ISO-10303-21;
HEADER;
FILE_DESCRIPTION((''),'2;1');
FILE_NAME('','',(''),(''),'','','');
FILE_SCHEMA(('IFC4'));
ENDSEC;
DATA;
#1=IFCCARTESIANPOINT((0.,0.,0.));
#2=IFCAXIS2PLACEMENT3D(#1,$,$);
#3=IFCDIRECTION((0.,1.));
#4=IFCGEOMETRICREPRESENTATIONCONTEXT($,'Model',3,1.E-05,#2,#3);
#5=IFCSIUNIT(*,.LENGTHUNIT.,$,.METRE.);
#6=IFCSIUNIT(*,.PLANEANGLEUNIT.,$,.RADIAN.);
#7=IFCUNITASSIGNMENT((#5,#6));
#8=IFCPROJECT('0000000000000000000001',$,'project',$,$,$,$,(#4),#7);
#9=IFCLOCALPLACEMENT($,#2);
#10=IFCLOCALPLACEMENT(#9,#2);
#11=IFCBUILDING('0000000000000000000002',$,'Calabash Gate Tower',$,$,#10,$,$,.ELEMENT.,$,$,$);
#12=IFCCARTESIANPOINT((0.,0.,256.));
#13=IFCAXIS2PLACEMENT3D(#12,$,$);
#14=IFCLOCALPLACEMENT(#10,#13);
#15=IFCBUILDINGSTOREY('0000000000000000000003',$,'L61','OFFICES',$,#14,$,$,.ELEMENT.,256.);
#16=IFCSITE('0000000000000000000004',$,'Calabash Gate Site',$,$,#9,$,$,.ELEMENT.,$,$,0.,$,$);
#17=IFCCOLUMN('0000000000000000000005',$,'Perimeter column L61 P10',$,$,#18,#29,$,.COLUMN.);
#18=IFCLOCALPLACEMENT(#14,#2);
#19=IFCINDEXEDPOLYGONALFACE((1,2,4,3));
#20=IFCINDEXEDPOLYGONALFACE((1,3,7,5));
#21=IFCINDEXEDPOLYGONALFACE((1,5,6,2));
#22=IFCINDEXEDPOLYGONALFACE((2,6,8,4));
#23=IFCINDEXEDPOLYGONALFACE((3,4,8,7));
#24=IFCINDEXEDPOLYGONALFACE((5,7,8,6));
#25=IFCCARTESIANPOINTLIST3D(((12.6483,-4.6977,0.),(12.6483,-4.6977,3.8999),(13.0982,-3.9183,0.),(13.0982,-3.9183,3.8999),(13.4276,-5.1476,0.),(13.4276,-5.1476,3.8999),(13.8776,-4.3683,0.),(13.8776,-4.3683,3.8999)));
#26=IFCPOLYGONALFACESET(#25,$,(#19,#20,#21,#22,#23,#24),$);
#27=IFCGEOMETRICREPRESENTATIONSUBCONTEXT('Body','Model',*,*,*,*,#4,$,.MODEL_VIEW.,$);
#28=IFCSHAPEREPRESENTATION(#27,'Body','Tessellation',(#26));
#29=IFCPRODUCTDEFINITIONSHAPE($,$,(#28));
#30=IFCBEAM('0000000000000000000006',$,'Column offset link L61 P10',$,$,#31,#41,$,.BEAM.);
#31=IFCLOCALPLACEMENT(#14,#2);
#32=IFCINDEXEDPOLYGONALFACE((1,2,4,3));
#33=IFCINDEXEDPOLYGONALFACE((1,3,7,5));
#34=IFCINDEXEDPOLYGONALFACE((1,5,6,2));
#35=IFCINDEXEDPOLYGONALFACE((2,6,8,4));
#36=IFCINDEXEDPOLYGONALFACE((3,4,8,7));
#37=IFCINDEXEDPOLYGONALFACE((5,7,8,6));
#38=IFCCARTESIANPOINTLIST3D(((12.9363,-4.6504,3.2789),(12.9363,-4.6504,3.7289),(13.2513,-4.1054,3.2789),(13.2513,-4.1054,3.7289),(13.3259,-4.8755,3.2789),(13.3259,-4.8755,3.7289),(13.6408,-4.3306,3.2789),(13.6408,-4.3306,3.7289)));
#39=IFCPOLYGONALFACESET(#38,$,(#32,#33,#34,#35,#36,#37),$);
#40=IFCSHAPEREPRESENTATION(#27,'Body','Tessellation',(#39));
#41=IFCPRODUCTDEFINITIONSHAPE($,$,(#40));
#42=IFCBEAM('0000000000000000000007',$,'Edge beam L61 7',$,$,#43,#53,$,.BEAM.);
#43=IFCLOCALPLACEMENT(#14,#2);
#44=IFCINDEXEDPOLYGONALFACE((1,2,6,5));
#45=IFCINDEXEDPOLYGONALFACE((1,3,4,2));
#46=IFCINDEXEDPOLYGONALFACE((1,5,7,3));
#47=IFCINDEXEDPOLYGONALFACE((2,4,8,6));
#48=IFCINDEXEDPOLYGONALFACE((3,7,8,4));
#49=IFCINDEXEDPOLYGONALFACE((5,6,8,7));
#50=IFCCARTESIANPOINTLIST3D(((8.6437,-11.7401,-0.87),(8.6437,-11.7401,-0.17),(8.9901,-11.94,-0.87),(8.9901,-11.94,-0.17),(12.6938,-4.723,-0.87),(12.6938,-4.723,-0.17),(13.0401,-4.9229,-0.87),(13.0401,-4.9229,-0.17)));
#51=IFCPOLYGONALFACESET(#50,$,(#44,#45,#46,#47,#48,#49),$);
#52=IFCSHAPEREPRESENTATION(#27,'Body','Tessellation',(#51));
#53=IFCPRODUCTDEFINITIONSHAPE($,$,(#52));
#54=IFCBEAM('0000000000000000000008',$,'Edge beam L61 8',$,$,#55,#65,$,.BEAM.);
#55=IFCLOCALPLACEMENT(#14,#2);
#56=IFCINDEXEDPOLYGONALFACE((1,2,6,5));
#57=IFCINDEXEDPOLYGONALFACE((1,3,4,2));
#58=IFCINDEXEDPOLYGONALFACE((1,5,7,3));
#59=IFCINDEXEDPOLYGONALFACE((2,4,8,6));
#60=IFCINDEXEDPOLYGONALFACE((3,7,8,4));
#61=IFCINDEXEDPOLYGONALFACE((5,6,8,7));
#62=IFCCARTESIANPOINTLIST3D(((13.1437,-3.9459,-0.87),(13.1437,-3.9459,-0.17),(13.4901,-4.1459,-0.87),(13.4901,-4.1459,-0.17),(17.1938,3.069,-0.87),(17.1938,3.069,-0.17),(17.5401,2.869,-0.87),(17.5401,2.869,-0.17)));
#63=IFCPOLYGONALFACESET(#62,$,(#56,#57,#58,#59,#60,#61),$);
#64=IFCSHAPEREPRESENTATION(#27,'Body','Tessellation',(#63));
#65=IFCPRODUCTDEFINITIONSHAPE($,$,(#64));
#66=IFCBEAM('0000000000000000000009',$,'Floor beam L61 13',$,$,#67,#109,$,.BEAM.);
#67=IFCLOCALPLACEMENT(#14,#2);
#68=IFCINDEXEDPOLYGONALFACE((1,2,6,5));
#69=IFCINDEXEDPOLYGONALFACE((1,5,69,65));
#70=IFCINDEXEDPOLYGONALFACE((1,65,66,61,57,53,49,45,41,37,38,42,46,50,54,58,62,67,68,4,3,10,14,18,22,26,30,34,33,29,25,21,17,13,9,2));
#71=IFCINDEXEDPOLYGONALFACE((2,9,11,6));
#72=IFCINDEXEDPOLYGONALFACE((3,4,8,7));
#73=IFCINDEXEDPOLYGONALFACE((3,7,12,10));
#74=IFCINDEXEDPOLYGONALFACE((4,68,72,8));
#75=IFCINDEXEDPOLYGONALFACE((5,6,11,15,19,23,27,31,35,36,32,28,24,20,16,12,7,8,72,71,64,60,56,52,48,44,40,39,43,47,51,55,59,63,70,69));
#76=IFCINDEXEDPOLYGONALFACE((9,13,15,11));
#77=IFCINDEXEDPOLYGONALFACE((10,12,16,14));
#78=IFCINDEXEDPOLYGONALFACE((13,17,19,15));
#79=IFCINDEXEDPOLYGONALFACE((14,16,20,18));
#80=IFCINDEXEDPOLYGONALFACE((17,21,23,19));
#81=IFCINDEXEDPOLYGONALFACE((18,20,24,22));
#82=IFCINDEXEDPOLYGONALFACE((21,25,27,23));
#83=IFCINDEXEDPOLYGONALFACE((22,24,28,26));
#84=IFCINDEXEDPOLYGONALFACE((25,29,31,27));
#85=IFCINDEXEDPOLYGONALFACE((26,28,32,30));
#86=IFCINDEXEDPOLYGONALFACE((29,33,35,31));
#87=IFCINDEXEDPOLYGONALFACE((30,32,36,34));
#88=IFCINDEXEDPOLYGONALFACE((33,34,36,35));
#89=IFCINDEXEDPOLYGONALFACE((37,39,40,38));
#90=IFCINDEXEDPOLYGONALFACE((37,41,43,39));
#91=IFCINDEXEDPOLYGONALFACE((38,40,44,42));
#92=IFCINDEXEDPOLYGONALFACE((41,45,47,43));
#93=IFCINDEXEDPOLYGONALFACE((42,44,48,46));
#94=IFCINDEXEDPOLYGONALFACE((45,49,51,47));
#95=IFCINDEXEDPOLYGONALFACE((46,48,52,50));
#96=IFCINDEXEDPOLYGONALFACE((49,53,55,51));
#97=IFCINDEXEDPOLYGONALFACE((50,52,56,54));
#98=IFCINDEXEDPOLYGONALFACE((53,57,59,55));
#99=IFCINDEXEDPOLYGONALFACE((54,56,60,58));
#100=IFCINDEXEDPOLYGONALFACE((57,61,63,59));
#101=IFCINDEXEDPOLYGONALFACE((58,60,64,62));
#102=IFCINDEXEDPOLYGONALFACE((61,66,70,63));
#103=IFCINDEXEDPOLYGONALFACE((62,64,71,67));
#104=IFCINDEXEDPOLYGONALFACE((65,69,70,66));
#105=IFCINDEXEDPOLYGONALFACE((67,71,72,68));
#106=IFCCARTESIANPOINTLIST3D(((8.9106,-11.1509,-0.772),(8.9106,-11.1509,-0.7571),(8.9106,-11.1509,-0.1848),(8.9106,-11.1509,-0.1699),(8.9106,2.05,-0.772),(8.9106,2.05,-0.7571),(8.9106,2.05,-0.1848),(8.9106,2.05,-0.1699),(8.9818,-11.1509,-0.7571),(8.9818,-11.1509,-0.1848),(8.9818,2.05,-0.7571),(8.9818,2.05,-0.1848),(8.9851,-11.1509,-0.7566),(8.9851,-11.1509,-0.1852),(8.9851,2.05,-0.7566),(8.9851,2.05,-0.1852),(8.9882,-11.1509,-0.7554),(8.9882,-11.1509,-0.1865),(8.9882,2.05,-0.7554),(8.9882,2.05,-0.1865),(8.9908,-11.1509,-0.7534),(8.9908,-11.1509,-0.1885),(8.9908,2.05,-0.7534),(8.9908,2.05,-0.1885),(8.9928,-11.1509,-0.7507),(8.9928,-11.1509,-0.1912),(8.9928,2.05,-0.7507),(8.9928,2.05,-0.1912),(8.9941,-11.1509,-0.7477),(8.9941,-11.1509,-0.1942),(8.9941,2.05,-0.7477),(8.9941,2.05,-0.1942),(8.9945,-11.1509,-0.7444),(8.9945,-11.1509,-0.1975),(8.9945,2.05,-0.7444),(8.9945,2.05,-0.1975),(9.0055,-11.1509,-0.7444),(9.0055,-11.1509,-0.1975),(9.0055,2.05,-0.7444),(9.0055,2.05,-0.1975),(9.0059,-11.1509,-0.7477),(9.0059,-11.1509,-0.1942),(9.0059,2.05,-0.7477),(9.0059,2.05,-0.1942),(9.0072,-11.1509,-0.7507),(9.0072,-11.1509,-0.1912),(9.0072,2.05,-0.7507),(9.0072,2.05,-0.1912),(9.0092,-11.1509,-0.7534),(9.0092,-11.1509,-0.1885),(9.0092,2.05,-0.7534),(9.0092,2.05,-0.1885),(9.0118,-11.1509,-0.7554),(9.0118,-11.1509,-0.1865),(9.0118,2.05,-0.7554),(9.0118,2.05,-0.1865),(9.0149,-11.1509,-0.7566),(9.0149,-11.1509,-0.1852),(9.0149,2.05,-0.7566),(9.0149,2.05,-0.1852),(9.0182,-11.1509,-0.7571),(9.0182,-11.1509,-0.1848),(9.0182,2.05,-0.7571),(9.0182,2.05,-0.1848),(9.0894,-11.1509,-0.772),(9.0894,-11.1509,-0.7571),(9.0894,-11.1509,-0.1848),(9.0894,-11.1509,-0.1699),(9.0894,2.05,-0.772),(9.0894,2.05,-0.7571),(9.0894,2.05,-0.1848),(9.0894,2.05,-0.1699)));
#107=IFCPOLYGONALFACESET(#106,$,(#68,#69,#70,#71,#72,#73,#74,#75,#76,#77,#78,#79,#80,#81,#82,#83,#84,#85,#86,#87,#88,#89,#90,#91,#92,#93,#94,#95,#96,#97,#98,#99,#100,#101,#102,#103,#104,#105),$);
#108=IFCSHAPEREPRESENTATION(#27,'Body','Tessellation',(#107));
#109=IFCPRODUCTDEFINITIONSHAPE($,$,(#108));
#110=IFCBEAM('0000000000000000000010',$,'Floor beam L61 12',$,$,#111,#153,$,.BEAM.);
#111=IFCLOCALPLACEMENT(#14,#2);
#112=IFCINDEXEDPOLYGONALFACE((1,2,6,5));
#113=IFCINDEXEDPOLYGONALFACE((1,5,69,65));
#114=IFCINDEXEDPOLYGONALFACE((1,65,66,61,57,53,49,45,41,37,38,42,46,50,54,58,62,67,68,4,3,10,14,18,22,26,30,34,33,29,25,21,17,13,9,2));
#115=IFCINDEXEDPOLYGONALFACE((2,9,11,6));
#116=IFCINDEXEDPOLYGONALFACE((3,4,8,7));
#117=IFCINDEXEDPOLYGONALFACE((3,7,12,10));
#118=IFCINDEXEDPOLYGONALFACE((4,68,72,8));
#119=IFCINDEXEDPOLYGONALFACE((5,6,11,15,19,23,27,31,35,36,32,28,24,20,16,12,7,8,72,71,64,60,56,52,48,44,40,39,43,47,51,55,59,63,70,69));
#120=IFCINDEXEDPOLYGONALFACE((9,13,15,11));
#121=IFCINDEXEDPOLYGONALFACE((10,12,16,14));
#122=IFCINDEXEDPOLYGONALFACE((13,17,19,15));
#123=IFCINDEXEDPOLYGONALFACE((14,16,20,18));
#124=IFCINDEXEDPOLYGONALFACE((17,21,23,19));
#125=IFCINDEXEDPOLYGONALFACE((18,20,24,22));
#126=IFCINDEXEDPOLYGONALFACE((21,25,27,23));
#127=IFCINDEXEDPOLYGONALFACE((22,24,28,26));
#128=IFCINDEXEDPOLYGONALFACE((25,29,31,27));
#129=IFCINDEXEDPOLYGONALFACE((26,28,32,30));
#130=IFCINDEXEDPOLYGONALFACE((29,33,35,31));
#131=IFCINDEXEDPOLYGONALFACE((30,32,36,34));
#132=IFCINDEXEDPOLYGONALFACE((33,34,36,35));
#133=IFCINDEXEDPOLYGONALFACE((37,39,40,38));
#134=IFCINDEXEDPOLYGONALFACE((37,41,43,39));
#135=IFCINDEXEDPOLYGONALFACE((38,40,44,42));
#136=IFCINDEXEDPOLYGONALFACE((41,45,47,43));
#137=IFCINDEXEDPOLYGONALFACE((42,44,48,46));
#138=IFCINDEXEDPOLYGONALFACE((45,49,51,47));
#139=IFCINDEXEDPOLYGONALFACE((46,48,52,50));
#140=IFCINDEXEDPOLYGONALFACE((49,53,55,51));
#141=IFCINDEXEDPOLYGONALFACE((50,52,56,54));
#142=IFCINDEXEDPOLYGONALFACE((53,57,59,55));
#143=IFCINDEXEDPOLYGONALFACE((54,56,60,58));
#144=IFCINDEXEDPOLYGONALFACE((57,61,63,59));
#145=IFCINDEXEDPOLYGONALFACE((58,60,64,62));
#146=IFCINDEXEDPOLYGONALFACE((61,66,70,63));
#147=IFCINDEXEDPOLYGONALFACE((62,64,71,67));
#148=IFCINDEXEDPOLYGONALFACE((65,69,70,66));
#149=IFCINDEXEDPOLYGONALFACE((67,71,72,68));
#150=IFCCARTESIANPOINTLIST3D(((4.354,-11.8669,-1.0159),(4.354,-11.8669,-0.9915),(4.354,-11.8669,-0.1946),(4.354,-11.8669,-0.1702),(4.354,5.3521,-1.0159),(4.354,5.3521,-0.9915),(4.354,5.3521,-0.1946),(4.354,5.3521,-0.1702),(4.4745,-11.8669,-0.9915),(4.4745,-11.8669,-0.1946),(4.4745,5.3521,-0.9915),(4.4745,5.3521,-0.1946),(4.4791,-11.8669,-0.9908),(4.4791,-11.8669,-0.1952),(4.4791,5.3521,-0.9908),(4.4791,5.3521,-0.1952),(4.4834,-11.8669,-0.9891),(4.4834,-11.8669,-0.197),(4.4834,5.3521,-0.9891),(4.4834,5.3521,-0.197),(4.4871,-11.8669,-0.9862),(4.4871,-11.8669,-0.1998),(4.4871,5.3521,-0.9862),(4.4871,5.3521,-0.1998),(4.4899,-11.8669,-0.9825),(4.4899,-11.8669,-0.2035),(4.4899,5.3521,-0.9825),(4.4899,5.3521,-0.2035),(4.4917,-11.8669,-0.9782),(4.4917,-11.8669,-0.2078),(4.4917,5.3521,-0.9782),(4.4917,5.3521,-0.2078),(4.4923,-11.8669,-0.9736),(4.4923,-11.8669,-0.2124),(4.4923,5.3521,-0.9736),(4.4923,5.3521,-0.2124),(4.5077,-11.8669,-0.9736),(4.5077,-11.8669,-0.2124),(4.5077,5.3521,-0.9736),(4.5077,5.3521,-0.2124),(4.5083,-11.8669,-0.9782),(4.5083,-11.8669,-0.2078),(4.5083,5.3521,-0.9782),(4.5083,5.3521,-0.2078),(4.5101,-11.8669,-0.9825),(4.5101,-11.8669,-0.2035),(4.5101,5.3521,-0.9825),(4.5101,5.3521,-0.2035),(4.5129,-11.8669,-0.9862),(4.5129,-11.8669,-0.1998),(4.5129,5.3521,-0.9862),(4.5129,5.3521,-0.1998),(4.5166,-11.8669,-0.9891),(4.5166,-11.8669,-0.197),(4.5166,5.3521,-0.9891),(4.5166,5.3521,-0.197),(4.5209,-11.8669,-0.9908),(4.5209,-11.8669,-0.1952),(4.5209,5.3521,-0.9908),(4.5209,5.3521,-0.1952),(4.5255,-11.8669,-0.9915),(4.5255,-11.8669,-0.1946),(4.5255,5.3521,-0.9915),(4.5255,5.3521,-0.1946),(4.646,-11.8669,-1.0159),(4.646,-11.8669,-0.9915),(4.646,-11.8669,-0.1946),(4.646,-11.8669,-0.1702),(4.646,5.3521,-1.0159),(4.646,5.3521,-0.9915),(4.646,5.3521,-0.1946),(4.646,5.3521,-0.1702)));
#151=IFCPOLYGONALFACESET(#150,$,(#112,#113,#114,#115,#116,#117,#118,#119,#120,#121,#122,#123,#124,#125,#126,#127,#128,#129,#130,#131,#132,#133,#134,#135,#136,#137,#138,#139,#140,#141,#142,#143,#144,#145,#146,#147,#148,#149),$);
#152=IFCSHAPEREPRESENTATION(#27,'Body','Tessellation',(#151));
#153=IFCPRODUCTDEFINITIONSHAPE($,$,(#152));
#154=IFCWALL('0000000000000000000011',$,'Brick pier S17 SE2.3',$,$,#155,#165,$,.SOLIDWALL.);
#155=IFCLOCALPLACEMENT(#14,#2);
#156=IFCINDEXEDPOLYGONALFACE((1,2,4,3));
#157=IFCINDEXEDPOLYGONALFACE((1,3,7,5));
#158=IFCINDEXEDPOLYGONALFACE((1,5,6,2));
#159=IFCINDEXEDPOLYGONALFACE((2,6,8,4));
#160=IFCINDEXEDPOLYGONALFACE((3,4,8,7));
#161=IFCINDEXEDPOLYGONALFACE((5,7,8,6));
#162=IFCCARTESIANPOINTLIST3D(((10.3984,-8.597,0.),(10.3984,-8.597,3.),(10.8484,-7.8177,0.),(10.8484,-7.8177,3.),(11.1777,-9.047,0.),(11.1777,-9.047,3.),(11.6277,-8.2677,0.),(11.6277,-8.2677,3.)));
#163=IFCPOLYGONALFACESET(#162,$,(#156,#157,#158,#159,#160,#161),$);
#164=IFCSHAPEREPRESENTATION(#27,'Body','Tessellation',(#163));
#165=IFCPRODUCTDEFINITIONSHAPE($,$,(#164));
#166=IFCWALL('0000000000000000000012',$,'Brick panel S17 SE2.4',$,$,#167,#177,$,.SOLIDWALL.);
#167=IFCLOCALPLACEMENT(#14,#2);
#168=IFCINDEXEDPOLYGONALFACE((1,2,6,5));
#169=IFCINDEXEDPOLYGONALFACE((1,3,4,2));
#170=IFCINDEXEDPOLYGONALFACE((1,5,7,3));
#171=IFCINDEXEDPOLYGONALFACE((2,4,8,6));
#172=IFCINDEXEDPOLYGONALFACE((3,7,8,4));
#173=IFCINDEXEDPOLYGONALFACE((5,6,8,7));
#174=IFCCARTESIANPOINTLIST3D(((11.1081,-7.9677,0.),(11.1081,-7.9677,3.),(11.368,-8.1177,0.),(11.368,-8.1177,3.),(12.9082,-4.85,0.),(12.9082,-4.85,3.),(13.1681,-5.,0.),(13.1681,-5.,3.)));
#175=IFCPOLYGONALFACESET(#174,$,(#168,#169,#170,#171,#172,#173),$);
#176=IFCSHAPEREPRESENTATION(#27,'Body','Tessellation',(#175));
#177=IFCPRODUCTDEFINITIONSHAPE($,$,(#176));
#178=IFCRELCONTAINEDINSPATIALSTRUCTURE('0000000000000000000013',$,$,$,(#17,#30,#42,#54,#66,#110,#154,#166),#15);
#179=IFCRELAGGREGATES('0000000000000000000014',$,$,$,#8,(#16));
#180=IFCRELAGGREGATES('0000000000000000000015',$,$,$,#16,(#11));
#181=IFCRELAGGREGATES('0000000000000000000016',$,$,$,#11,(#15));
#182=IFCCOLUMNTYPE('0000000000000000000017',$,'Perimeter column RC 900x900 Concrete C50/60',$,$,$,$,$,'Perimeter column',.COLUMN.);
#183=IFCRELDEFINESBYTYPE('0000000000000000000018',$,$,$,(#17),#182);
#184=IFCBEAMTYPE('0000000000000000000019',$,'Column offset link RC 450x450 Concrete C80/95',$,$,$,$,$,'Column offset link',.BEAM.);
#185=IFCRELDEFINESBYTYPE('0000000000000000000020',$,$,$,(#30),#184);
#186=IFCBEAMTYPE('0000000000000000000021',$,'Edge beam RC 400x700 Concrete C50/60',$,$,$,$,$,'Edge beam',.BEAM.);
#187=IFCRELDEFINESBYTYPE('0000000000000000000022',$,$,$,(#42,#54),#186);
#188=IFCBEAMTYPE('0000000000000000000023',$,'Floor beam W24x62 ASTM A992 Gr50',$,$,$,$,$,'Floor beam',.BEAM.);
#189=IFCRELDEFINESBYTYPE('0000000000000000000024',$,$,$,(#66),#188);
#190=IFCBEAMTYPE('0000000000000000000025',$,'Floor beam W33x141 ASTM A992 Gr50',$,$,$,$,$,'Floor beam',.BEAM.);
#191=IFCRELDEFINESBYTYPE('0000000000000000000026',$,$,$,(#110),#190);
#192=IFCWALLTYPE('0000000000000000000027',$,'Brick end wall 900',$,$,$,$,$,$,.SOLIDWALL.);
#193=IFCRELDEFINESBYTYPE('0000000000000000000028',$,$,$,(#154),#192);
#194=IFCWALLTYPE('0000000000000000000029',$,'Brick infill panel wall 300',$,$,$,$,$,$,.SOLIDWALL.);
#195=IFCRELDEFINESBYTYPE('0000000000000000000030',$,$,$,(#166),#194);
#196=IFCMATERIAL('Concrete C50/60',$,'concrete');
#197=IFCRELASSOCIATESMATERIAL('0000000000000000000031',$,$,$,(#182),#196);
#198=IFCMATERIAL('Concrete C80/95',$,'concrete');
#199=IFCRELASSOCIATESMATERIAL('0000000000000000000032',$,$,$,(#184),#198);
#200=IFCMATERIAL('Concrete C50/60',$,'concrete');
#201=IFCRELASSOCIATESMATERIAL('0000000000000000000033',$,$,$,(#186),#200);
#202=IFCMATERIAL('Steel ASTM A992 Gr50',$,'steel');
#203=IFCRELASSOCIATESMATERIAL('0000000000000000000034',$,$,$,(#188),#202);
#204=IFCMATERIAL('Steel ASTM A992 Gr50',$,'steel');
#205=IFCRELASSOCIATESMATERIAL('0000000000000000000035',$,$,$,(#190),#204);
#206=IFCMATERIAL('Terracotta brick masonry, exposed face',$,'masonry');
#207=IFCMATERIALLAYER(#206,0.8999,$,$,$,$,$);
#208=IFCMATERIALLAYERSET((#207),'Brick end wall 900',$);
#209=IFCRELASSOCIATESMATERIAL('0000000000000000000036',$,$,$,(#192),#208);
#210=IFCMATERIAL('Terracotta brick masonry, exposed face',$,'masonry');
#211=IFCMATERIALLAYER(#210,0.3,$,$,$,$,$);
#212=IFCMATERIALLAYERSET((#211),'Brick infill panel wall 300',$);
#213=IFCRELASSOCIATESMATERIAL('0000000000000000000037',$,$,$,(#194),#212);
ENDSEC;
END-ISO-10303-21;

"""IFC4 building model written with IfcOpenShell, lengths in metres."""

from ifc_helpers import new_model, si_unit, direction, frame, frame_2d, origin, origin_2d, place, context, subcontext, project, spatial, rectangle, i_section, extrude, material, layer, layer_set, material_profile, profile_set, type_object, element, save


model = new_model("IFC4")

# Units and contexts
model_context = context("Model", 3, precision=1e-05, world=origin(), true_north=direction((0.0, 1.0)))
body_context = subcontext(model_context, "Body", "Model", "MODEL_VIEW")
ifc_project = project(units=[si_unit("LENGTHUNIT", "METRE"), si_unit("PLANEANGLEUNIT", "RADIAN")], contexts=[model_context])

# Site, building, storey
site_placement = place(None, origin())
site = spatial("IfcSite", under=ifc_project, at=site_placement, Name="Calabash Gate Site", CompositionType="ELEMENT", RefElevation=0.0)
building_placement = place(site_placement, origin())
building = spatial("IfcBuilding", under=site, at=building_placement, Name="Calabash Gate Tower", CompositionType="ELEMENT")
storey_placement = place(building_placement, frame((0.0, 0.0, 256.0)))
storey = spatial("IfcBuildingStorey", under=building, at=storey_placement, Name="L61", Description="OFFICES", CompositionType="ELEMENT", Elevation=256.0)

# Column
ifc_material_1 = material(Name="Concrete C50/60", Category="concrete")
ifc_material_profile_1 = material_profile(ifc_material_1, rectangle(XDim=0.8999, YDim=0.8999, at=origin_2d()))
ifc_profile_set_1 = profile_set([ifc_material_profile_1], Name="Concrete C50/60")
column_type = type_object("IfcColumnType", Name="Perimeter column RC 900x900 Concrete C50/60", ElementType="Perimeter column", PredefinedType="COLUMN", material=ifc_profile_set_1)
column_placement = place(storey_placement, frame((13.2629, -4.533, 0.0), z_axis=(0.0, 0.0, 1.0), x_axis=(0.5, 0.866025, 0.0)))
element("IfcColumn", 1, at=column_placement, inside=storey, type_object=column_type, Name="Perimeter column L61 P10", PredefinedType="COLUMN", context=body_context, shape_type="SweptSolid", body=[
    extrude(rectangle(XDim=0.8999, YDim=0.8999, at=origin_2d()), origin(), (0.0, 0.0, 1.0), 3.8999),
])

# Beams
ifc_material_2 = material(Name="Concrete C80/95", Category="concrete")
ifc_material_profile_2 = material_profile(ifc_material_2, rectangle(XDim=0.45, YDim=0.45, at=origin_2d()))
ifc_profile_set_2 = profile_set([ifc_material_profile_2], Name="Concrete C80/95")
beam_type_1 = type_object("IfcBeamType", Name="Column offset link RC 450x450 Concrete C80/95", ElementType="Column offset link", PredefinedType="BEAM", material=ifc_profile_set_2)
beam_1_placement = place(storey_placement, frame((13.1311, -4.7629, 3.5039), z_axis=(0.500394, 0.865798, 0.0), x_axis=(-0.865798, 0.500394, 0.0)))
element("IfcBeam", 2, at=beam_1_placement, inside=storey, type_object=beam_type_1, Name="Column offset link L61 P10", PredefinedType="BEAM", context=body_context, shape_type="SweptSolid", body=[
    extrude(rectangle(XDim=0.45, YDim=0.45, at=origin_2d()), origin(), (0.0, 0.0, 1.0), 0.6294),
])
ifc_material_3 = material(Name="Concrete C50/60", Category="concrete")
ifc_material_profile_3 = material_profile(ifc_material_3, rectangle(XDim=0.3999, YDim=0.7, at=origin_2d()))
ifc_profile_set_3 = profile_set([ifc_material_profile_3], Name="Concrete C50/60")
beam_type_2 = type_object("IfcBeamType", Name="Edge beam RC 400x700 Concrete C50/60", ElementType="Edge beam", PredefinedType="BEAM", material=ifc_profile_set_3)
beam_2_placement = place(storey_placement, frame((8.8169, -11.8401, -0.52), z_axis=(0.499882, 0.866093, 0.0), x_axis=(-0.866093, 0.499882, 0.0)))
element("IfcBeam", 3, at=beam_2_placement, inside=storey, type_object=beam_type_2, Name="Edge beam L61 7", PredefinedType="BEAM", context=body_context, shape_type="SweptSolid", body=[
    extrude(rectangle(XDim=0.3999, YDim=0.7, at=origin_2d()), origin(), (0.0, 0.0, 1.0), 8.1021),
])
beam_3_placement = place(storey_placement, frame((13.3169, -4.0459, -0.52), z_axis=(0.5, 0.866025, 0.0), x_axis=(-0.866025, 0.5, 0.0)))
element("IfcBeam", 4, at=beam_3_placement, inside=storey, type_object=beam_type_2, Name="Edge beam L61 8", PredefinedType="BEAM", context=body_context, shape_type="SweptSolid", body=[
    extrude(rectangle(XDim=0.3999, YDim=0.7, at=origin_2d()), origin(), (0.0, 0.0, 1.0), 8.1001),
])
ifc_material_4 = material(Name="Steel ASTM A992 Gr50", Category="steel")
ifc_material_profile_4 = material_profile(ifc_material_4, i_section(OverallWidth=0.1787, OverallDepth=0.6021, WebThickness=0.011, FlangeThickness=0.0149, FilletRadius=0.0127, at=origin_2d()))
ifc_profile_set_4 = profile_set([ifc_material_profile_4], Name="Steel ASTM A992 Gr50")
beam_type_3 = type_object("IfcBeamType", Name="Floor beam W24x62 ASTM A992 Gr50", ElementType="Floor beam", PredefinedType="BEAM", material=ifc_profile_set_4)
beam_4_placement = place(storey_placement, frame((9.0, -11.1509, -0.4709), z_axis=(0.0, 1.0, 0.0), x_axis=(-1.0, 0.0, 0.0)))
element("IfcBeam", 5, at=beam_4_placement, inside=storey, type_object=beam_type_3, Name="Floor beam L61 13", PredefinedType="BEAM", context=body_context, shape_type="SweptSolid", body=[
    extrude(i_section(OverallWidth=0.1787, OverallDepth=0.6021, WebThickness=0.011, FlangeThickness=0.0149, FilletRadius=0.0127, at=origin_2d()), origin(), (0.0, 0.0, 1.0), 13.2009),
])
ifc_material_5 = material(Name="Steel ASTM A992 Gr50", Category="steel")
ifc_material_profile_5 = material_profile(ifc_material_5, i_section(OverallWidth=0.292, OverallDepth=0.8457, WebThickness=0.0154, FlangeThickness=0.0244, FilletRadius=0.0178, at=origin_2d()))
ifc_profile_set_5 = profile_set([ifc_material_profile_5], Name="Steel ASTM A992 Gr50")
beam_type_4 = type_object("IfcBeamType", Name="Floor beam W33x141 ASTM A992 Gr50", ElementType="Floor beam", PredefinedType="BEAM", material=ifc_profile_set_5)
beam_5_placement = place(storey_placement, frame((4.5, -11.8669, -0.593), z_axis=(0.0, 1.0, 0.0), x_axis=(-1.0, 0.0, 0.0)))
element("IfcBeam", 6, at=beam_5_placement, inside=storey, type_object=beam_type_4, Name="Floor beam L61 12", PredefinedType="BEAM", context=body_context, shape_type="SweptSolid", body=[
    extrude(i_section(OverallWidth=0.292, OverallDepth=0.8457, WebThickness=0.0154, FlangeThickness=0.0244, FilletRadius=0.0178, at=origin_2d()), origin(), (0.0, 0.0, 1.0), 17.219),
])

# Walls
ifc_material_6 = material(Name="Terracotta brick masonry, exposed face", Category="masonry")
ifc_layer_1 = layer(ifc_material_6, 0.8999)
ifc_layer_set_1 = layer_set([ifc_layer_1], Name="Brick end wall 900")
wall_type_1 = type_object("IfcWallType", Name="Brick end wall 900", PredefinedType="SOLIDWALL", material=ifc_layer_set_1)
wall_1_placement = place(storey_placement, frame((10.7881, -8.822, 0.0), z_axis=(0.0, 0.0, 1.0), x_axis=(0.50002, 0.866014, 0.0)))
element("IfcWall", 7, at=wall_1_placement, inside=storey, type_object=wall_type_1, Name="Brick pier S17 SE2.3", PredefinedType="SOLIDWALL", context=body_context, shape_type="SweptSolid", body=[
    extrude(rectangle(XDim=0.8999, YDim=0.8999, at=frame_2d((0.45, 0.0))), origin(), (0.0, 0.0, 1.0), 3.0),
])
ifc_material_7 = material(Name="Terracotta brick masonry, exposed face", Category="masonry")
ifc_layer_2 = layer(ifc_material_7, 0.3)
ifc_layer_set_2 = layer_set([ifc_layer_2], Name="Brick infill panel wall 300")
wall_type_2 = type_object("IfcWallType", Name="Brick infill panel wall 300", PredefinedType="SOLIDWALL", material=ifc_layer_set_2)
wall_2_placement = place(storey_placement, frame((11.238, -8.0427, 0.0), z_axis=(0.0, 0.0, 1.0), x_axis=(0.500012, 0.866018, 0.0)))
element("IfcWall", 8, at=wall_2_placement, inside=storey, type_object=wall_type_2, Name="Brick panel S17 SE2.4", PredefinedType="SOLIDWALL", context=body_context, shape_type="SweptSolid", body=[
    extrude(rectangle(XDim=3.6001, YDim=0.3, at=frame_2d((1.8, 0.0))), origin(), (0.0, 0.0, 1.0), 3.0),
])

save(model, "model.ifc")
